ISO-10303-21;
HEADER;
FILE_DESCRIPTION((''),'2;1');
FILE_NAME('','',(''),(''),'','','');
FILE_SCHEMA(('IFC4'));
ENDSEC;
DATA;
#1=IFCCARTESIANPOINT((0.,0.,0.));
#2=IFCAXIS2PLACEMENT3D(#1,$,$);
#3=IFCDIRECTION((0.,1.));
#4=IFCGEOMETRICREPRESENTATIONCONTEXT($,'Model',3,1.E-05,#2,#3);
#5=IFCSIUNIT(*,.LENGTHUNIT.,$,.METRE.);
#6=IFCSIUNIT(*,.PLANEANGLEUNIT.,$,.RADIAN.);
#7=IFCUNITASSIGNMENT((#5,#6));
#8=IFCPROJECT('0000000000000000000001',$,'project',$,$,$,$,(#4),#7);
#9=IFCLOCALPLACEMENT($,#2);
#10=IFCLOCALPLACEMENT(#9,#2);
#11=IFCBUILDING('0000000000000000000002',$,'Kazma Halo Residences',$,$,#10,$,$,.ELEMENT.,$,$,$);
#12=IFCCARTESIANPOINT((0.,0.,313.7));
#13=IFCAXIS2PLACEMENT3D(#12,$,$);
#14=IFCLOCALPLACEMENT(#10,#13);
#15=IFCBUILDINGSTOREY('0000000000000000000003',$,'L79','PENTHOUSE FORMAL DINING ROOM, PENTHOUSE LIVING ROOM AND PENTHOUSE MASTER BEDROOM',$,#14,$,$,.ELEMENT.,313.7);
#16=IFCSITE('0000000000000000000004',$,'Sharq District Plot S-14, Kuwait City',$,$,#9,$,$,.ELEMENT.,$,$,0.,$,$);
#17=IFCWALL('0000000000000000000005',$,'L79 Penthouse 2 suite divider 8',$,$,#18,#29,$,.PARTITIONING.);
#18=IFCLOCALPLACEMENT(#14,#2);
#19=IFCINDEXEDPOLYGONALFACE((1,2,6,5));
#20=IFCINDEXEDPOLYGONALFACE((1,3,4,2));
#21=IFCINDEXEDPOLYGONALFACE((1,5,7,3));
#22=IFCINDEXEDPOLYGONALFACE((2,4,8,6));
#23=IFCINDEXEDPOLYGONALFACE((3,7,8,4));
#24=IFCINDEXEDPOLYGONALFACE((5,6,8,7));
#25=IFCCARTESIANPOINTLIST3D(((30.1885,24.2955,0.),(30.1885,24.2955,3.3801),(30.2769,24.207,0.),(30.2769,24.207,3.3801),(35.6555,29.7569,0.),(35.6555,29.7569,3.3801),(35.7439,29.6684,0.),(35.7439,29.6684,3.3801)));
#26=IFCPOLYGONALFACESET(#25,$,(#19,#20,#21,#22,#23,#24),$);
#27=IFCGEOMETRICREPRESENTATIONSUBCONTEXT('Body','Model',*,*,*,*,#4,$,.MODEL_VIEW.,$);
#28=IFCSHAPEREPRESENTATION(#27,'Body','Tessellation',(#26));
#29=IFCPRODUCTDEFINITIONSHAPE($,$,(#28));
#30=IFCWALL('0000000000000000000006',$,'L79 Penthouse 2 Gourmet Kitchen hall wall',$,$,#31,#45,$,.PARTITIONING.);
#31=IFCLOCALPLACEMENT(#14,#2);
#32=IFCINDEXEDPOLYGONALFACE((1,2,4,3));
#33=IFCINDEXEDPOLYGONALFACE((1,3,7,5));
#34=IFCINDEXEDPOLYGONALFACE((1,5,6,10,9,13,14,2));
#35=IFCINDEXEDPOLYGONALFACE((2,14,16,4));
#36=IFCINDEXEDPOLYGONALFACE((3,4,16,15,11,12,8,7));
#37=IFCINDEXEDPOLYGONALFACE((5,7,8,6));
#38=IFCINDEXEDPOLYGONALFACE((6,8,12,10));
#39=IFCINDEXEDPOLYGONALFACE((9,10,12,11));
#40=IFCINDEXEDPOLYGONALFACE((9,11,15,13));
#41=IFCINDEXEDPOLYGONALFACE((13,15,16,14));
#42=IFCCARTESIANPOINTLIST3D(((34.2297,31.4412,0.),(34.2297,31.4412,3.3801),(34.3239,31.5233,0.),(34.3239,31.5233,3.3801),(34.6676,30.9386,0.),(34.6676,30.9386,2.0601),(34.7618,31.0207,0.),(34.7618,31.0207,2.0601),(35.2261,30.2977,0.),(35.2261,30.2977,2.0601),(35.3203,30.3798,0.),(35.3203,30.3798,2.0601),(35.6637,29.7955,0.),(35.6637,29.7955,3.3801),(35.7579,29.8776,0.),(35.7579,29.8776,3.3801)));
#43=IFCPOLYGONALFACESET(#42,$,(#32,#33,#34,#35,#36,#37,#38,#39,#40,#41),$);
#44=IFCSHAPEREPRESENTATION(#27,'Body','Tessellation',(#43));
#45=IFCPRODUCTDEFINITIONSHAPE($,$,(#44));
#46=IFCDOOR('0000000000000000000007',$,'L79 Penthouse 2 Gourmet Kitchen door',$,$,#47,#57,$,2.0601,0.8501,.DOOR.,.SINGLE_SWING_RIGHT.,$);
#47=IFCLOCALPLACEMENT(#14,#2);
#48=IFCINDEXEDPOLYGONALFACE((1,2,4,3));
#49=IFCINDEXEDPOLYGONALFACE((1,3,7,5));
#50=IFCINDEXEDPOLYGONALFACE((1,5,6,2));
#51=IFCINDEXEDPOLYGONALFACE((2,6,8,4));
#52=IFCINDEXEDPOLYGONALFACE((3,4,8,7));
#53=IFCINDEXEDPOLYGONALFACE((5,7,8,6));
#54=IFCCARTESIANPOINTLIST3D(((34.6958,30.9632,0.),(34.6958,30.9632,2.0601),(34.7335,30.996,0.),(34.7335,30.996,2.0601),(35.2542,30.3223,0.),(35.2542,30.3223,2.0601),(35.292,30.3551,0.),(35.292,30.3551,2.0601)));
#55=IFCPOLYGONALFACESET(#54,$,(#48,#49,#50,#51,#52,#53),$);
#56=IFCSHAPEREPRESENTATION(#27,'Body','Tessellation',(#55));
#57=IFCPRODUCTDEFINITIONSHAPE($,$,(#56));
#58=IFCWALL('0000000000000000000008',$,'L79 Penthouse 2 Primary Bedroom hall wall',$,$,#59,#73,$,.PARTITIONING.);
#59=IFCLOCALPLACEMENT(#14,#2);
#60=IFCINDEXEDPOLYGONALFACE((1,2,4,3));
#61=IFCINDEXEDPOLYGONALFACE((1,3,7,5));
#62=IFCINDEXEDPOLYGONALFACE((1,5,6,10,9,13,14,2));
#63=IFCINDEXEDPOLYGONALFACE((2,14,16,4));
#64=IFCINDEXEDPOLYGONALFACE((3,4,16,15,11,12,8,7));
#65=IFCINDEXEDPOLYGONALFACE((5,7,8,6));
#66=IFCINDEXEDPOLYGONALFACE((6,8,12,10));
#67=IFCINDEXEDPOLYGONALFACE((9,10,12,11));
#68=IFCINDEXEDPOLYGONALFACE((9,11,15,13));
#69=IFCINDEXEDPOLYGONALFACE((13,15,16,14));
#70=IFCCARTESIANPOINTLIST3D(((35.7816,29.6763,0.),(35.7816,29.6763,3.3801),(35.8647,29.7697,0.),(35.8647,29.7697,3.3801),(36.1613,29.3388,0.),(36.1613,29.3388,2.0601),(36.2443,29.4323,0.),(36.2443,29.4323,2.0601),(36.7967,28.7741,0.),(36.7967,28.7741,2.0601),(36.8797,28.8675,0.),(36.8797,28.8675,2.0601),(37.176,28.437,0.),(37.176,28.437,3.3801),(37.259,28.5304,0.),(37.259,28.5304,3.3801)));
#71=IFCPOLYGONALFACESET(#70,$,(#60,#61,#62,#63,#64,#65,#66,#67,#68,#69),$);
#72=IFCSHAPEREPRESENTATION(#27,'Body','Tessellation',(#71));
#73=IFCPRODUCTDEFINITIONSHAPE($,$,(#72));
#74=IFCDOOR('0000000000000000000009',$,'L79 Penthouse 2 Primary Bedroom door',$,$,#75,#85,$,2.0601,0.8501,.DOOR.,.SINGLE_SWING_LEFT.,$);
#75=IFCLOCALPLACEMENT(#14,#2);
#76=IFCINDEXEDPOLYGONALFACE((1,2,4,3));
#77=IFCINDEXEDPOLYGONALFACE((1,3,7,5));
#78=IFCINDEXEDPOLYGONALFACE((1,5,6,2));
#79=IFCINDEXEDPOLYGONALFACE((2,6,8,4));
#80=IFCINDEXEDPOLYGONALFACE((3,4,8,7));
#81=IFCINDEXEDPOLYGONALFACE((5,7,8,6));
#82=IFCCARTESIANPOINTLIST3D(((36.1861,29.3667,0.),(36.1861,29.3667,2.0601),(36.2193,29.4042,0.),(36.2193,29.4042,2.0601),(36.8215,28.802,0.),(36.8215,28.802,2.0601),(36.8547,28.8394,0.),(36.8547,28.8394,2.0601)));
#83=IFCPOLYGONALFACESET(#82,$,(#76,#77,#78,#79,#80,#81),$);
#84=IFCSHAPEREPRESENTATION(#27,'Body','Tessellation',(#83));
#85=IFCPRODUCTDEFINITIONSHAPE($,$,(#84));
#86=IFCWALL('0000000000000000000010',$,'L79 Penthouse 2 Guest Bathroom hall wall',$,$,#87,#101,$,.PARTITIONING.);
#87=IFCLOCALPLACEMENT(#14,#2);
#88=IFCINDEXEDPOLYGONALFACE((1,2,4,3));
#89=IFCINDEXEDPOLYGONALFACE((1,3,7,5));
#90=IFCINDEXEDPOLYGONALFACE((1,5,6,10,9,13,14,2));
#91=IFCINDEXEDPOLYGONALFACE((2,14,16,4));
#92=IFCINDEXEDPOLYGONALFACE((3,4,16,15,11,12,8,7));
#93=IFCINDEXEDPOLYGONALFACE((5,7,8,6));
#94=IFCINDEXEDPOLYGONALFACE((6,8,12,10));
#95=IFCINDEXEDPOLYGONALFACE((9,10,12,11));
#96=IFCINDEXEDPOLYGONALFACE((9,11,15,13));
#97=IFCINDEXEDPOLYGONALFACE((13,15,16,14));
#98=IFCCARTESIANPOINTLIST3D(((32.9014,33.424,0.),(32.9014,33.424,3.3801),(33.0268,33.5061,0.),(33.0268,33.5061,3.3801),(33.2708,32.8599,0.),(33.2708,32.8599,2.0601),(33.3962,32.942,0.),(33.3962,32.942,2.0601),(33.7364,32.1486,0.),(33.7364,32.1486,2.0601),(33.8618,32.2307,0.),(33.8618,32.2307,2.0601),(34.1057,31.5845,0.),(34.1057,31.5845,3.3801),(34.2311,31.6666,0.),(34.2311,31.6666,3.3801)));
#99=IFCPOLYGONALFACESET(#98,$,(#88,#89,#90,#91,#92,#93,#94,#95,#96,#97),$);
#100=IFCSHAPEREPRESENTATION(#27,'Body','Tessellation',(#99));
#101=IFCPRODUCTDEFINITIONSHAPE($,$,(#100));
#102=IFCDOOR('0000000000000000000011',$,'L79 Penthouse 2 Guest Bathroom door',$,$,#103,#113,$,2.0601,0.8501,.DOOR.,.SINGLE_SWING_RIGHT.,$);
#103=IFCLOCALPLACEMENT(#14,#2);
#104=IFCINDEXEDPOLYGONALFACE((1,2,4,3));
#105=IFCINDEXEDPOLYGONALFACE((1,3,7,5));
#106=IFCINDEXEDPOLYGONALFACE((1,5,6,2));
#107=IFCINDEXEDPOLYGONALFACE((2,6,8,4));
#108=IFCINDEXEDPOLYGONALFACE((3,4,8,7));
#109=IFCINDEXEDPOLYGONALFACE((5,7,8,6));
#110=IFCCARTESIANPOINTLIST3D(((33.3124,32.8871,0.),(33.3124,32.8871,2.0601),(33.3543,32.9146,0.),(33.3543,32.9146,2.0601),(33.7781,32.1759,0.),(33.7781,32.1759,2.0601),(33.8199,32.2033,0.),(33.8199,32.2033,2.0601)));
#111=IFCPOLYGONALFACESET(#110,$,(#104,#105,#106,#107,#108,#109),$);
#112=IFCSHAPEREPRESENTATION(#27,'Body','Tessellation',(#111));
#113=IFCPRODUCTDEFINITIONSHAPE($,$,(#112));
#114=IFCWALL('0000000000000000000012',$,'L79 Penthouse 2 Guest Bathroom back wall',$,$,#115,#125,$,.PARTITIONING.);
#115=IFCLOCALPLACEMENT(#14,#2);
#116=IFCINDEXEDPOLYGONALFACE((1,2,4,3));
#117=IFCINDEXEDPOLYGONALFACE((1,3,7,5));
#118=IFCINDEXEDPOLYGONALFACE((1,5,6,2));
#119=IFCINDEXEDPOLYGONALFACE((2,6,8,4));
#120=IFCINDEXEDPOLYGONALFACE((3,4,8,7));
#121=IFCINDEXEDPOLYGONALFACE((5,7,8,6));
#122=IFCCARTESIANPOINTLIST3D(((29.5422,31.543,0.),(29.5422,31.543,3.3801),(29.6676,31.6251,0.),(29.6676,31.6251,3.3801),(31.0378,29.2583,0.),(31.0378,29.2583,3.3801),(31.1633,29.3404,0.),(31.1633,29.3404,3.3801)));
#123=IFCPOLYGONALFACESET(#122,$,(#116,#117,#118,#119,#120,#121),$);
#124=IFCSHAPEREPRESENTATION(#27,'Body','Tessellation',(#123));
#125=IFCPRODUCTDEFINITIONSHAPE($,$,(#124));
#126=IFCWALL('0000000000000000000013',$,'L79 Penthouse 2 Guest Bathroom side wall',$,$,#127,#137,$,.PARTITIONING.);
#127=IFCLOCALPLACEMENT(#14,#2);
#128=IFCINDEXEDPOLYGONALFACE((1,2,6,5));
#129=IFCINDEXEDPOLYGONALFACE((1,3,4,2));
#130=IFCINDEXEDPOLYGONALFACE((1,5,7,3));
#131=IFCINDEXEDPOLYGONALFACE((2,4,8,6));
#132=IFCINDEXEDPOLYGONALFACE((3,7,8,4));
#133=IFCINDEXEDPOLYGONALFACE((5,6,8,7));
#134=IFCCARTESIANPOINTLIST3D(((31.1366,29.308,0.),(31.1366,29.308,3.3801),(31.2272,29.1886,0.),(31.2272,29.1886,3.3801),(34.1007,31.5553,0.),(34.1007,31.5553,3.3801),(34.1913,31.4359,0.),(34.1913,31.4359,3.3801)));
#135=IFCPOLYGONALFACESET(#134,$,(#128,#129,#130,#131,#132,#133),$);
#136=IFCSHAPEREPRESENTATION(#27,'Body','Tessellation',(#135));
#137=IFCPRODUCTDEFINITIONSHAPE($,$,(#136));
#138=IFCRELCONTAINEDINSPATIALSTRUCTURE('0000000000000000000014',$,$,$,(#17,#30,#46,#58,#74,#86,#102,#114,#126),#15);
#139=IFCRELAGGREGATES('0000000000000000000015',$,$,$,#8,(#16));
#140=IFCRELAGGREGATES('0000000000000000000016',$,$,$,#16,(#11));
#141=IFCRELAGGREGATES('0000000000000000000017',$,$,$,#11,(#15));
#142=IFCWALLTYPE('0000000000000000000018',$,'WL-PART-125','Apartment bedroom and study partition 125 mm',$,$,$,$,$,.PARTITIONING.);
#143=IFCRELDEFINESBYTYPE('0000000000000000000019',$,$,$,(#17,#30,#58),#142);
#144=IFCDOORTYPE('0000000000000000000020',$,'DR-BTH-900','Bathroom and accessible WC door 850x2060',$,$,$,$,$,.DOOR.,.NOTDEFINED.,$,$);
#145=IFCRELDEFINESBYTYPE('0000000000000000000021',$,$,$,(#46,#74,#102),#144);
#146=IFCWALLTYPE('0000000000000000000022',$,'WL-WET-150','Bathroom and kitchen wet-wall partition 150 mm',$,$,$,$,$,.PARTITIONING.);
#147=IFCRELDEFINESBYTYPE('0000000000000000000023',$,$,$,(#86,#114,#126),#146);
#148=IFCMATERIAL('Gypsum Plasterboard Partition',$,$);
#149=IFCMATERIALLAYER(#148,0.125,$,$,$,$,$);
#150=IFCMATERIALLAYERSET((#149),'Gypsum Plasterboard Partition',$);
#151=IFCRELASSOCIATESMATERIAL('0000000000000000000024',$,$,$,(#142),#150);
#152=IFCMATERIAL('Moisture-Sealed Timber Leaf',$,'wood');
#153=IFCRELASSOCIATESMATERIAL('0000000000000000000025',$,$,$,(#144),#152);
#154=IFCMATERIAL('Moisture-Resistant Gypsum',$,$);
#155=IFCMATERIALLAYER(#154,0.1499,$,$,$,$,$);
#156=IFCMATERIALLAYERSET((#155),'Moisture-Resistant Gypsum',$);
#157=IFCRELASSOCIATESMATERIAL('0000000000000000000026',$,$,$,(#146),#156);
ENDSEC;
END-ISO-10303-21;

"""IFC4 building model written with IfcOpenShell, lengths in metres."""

from ifc_helpers import new_model, si_unit, direction, frame, frame_2d, origin, place, context, subcontext, project, spatial, rectangle, extrude, material, layer, layer_set, type_object, element, fill, save


model = new_model("IFC4")

# Units and contexts
model_context = context("Model", 3, precision=1e-05, world=origin(), true_north=direction((0.0, 1.0)))
body_context = subcontext(model_context, "Body", "Model", "MODEL_VIEW")
ifc_project = project(units=[si_unit("LENGTHUNIT", "METRE"), si_unit("PLANEANGLEUNIT", "RADIAN")], contexts=[model_context])

# Site, building, storey
site_placement = place(None, origin())
site = spatial("IfcSite", under=ifc_project, at=site_placement, Name="Sharq District Plot S-14, Kuwait City", CompositionType="ELEMENT", RefElevation=0.0)
building_placement = place(site_placement, origin())
building = spatial("IfcBuilding", under=site, at=building_placement, Name="Kazma Halo Residences", CompositionType="ELEMENT")
storey_placement = place(building_placement, frame((0.0, 0.0, 313.7)))
storey = spatial("IfcBuildingStorey", under=building, at=storey_placement, Name="L79", Description="PENTHOUSE FORMAL DINING ROOM, PENTHOUSE LIVING ROOM AND PENTHOUSE MASTER BEDROOM", CompositionType="ELEMENT", Elevation=313.7)

# Shared definitions
ifc_material_1 = material(Name="Gypsum Plasterboard Partition")
ifc_layer_1 = layer(ifc_material_1, 0.125)
ifc_layer_set_1 = layer_set([ifc_layer_1], Name="Gypsum Plasterboard Partition")
wall_type_1 = type_object("IfcWallType", Name="WL-PART-125", Description="Apartment bedroom and study partition 125 mm", PredefinedType="PARTITIONING", material=ifc_layer_set_1)

# Wall
wall_1_placement = place(storey_placement, frame((35.6997, 29.7126, 0.0), z_axis=(0.0, 0.0, 1.0), x_axis=(-0.70747, -0.706743, 0.0)))
element("IfcWall", 1, at=wall_1_placement, inside=storey, type_object=wall_type_1, Name="L79 Penthouse 2 suite divider 8", PredefinedType="PARTITIONING", context=body_context, shape_type="SweptSolid", body=[
    extrude(rectangle(XDim=7.7275, YDim=0.125, at=frame_2d((3.8638, 0.0))), origin(), (0.0, 0.0, 1.0), 3.3801),
])

# Walls, openings, doors
wall_2_placement = place(storey_placement, frame((34.2769, 31.4822, 0.0), z_axis=(0.0, 0.0, 1.0), x_axis=(0.656959, -0.753926, 0.0)))
wall_2 = element("IfcWall", 2, at=wall_2_placement, inside=storey, type_object=wall_type_1, Name="L79 Penthouse 2 Gourmet Kitchen hall wall", PredefinedType="PARTITIONING", context=body_context, shape_type="SweptSolid", body=[
    extrude(rectangle(XDim=2.1829, YDim=0.125, at=frame_2d((1.0913, 0.0))), origin(), (0.0, 0.0, 1.0), 3.3801),
])
opening_1_placement = place(wall_2_placement, frame((0.6665, 0.0, 0.0)))
opening_1 = element("IfcOpeningElement", 3, at=opening_1_placement, cuts=wall_2, PredefinedType="OPENING", context=body_context, shape_type="SweptSolid", body=[
    extrude(rectangle(XDim=0.8501, YDim=2.0601, at=frame_2d((0.425, 1.03))), frame((0.0, 0.0725, 0.0), z_axis=(0.0, -1.0, 0.0), x_axis=(1.0, 0.0, 0.0)), (0.0, 0.0, 1.0), 0.145),
])
ifc_material_2 = material(Name="Moisture-Sealed Timber Leaf", Category="wood")
door_type_1 = type_object("IfcDoorType", Name="DR-BTH-900", Description="Bathroom and accessible WC door 850x2060", OperationType="NOTDEFINED", PredefinedType="DOOR", material=ifc_material_2)
door_1_placement = place(opening_1_placement, origin())
door_1 = element("IfcDoor", 4, at=door_1_placement, inside=storey, type_object=door_type_1, Name="L79 Penthouse 2 Gourmet Kitchen door", OperationType="SINGLE_SWING_RIGHT", OverallHeight=2.0601, OverallWidth=0.8501, PredefinedType="DOOR", context=body_context, shape_type="SweptSolid", body=[
    extrude(rectangle(XDim=0.8501, YDim=2.0601, at=frame_2d((0.425, 1.03))), frame((0.0, 0.0249, 0.0), z_axis=(0.0, -1.0, 0.0), x_axis=(1.0, 0.0, 0.0)), (0.0, 0.0, 1.0), 0.05),
])
fill(opening_1, door_1)
wall_3_placement = place(storey_placement, frame((35.8232, 29.7229, 0.0), z_axis=(0.0, 0.0, 1.0), x_axis=(0.747438, -0.664331, 0.0)))
wall_3 = element("IfcWall", 5, at=wall_3_placement, inside=storey, type_object=wall_type_1, Name="L79 Penthouse 2 Primary Bedroom hall wall", PredefinedType="PARTITIONING", context=body_context, shape_type="SweptSolid", body=[
    extrude(rectangle(XDim=1.8655, YDim=0.125, at=frame_2d((0.9326, 0.0))), origin(), (0.0, 0.0, 1.0), 3.3801),
])
opening_2_placement = place(wall_3_placement, frame((0.5078, 0.0, 0.0)))
opening_2 = element("IfcOpeningElement", 6, at=opening_2_placement, cuts=wall_3, PredefinedType="OPENING", context=body_context, shape_type="SweptSolid", body=[
    extrude(rectangle(XDim=0.8501, YDim=2.0601, at=frame_2d((0.425, 1.03))), frame((0.0, 0.0725, 0.0), z_axis=(0.0, -1.0, 0.0), x_axis=(1.0, 0.0, 0.0)), (0.0, 0.0, 1.0), 0.145),
])
door_2_placement = place(opening_2_placement, origin())
door_2 = element("IfcDoor", 7, at=door_2_placement, inside=storey, type_object=door_type_1, Name="L79 Penthouse 2 Primary Bedroom door", OperationType="SINGLE_SWING_LEFT", OverallHeight=2.0601, OverallWidth=0.8501, PredefinedType="DOOR", context=body_context, shape_type="SweptSolid", body=[
    extrude(rectangle(XDim=0.8501, YDim=2.0601, at=frame_2d((0.425, 1.03))), frame((0.0, 0.0249, 0.0), z_axis=(0.0, -1.0, 0.0), x_axis=(1.0, 0.0, 0.0)), (0.0, 0.0, 1.0), 0.05),
])
fill(opening_2, door_2)
ifc_material_3 = material(Name="Moisture-Resistant Gypsum")
ifc_layer_2 = layer(ifc_material_3, 0.1499)
ifc_layer_set_2 = layer_set([ifc_layer_2], Name="Moisture-Resistant Gypsum")
wall_type_2 = type_object("IfcWallType", Name="WL-WET-150", Description="Bathroom and kitchen wet-wall partition 150 mm", PredefinedType="PARTITIONING", material=ifc_layer_set_2)
wall_4_placement = place(storey_placement, frame((32.9641, 33.4651, 0.0), z_axis=(0.0, 0.0, 1.0), x_axis=(0.547737, -0.836651, 0.0)))
wall_4 = element("IfcWall", 8, at=wall_4_placement, inside=storey, type_object=wall_type_2, Name="L79 Penthouse 2 Guest Bathroom hall wall", PredefinedType="PARTITIONING", context=body_context, shape_type="SweptSolid", body=[
    extrude(rectangle(XDim=2.1987, YDim=0.1499, at=frame_2d((1.0994, 0.0))), origin(), (0.0, 0.0, 1.0), 3.3801),
])
opening_3_placement = place(wall_4_placement, frame((0.6743, 0.0, 0.0)))
opening_3 = element("IfcOpeningElement", 9, at=opening_3_placement, cuts=wall_4, PredefinedType="OPENING", context=body_context, shape_type="SweptSolid", body=[
    extrude(rectangle(XDim=0.8501, YDim=2.0601, at=frame_2d((0.425, 1.03))), frame((0.0, 0.085, 0.0), z_axis=(0.0, -1.0, 0.0), x_axis=(1.0, 0.0, 0.0)), (0.0, 0.0, 1.0), 0.1699),
])
door_3_placement = place(opening_3_placement, origin())
door_3 = element("IfcDoor", 10, at=door_3_placement, inside=storey, type_object=door_type_1, Name="L79 Penthouse 2 Guest Bathroom door", OperationType="SINGLE_SWING_RIGHT", OverallHeight=2.0601, OverallWidth=0.8501, PredefinedType="DOOR", context=body_context, shape_type="SweptSolid", body=[
    extrude(rectangle(XDim=0.8501, YDim=2.0601, at=frame_2d((0.425, 1.03))), frame((0.0, 0.0249, 0.0), z_axis=(0.0, -1.0, 0.0), x_axis=(1.0, 0.0, 0.0)), (0.0, 0.0, 1.0), 0.05),
])
fill(opening_3, door_3)

# Walls
wall_5_placement = place(storey_placement, frame((29.605, 31.584, 0.0), z_axis=(0.0, 0.0, 1.0), x_axis=(0.547707, -0.83667, 0.0)))
element("IfcWall", 11, at=wall_5_placement, inside=storey, type_object=wall_type_2, Name="L79 Penthouse 2 Guest Bathroom back wall", PredefinedType="PARTITIONING", context=body_context, shape_type="SweptSolid", body=[
    extrude(rectangle(XDim=2.7307, YDim=0.1499, at=frame_2d((1.3652, 0.0))), origin(), (0.0, 0.0, 1.0), 3.3801),
])
wall_6_placement = place(storey_placement, frame((34.146, 31.4956, 0.0), z_axis=(0.0, 0.0, 1.0), x_axis=(-0.796862, -0.604161, 0.0)))
element("IfcWall", 12, at=wall_6_placement, inside=storey, type_object=wall_type_2, Name="L79 Penthouse 2 Guest Bathroom side wall", PredefinedType="PARTITIONING", context=body_context, shape_type="SweptSolid", body=[
    extrude(rectangle(XDim=3.7197, YDim=0.1499, at=frame_2d((1.8599, 0.0))), origin(), (0.0, 0.0, 1.0), 3.3801),
])

save(model, "model.ifc")
